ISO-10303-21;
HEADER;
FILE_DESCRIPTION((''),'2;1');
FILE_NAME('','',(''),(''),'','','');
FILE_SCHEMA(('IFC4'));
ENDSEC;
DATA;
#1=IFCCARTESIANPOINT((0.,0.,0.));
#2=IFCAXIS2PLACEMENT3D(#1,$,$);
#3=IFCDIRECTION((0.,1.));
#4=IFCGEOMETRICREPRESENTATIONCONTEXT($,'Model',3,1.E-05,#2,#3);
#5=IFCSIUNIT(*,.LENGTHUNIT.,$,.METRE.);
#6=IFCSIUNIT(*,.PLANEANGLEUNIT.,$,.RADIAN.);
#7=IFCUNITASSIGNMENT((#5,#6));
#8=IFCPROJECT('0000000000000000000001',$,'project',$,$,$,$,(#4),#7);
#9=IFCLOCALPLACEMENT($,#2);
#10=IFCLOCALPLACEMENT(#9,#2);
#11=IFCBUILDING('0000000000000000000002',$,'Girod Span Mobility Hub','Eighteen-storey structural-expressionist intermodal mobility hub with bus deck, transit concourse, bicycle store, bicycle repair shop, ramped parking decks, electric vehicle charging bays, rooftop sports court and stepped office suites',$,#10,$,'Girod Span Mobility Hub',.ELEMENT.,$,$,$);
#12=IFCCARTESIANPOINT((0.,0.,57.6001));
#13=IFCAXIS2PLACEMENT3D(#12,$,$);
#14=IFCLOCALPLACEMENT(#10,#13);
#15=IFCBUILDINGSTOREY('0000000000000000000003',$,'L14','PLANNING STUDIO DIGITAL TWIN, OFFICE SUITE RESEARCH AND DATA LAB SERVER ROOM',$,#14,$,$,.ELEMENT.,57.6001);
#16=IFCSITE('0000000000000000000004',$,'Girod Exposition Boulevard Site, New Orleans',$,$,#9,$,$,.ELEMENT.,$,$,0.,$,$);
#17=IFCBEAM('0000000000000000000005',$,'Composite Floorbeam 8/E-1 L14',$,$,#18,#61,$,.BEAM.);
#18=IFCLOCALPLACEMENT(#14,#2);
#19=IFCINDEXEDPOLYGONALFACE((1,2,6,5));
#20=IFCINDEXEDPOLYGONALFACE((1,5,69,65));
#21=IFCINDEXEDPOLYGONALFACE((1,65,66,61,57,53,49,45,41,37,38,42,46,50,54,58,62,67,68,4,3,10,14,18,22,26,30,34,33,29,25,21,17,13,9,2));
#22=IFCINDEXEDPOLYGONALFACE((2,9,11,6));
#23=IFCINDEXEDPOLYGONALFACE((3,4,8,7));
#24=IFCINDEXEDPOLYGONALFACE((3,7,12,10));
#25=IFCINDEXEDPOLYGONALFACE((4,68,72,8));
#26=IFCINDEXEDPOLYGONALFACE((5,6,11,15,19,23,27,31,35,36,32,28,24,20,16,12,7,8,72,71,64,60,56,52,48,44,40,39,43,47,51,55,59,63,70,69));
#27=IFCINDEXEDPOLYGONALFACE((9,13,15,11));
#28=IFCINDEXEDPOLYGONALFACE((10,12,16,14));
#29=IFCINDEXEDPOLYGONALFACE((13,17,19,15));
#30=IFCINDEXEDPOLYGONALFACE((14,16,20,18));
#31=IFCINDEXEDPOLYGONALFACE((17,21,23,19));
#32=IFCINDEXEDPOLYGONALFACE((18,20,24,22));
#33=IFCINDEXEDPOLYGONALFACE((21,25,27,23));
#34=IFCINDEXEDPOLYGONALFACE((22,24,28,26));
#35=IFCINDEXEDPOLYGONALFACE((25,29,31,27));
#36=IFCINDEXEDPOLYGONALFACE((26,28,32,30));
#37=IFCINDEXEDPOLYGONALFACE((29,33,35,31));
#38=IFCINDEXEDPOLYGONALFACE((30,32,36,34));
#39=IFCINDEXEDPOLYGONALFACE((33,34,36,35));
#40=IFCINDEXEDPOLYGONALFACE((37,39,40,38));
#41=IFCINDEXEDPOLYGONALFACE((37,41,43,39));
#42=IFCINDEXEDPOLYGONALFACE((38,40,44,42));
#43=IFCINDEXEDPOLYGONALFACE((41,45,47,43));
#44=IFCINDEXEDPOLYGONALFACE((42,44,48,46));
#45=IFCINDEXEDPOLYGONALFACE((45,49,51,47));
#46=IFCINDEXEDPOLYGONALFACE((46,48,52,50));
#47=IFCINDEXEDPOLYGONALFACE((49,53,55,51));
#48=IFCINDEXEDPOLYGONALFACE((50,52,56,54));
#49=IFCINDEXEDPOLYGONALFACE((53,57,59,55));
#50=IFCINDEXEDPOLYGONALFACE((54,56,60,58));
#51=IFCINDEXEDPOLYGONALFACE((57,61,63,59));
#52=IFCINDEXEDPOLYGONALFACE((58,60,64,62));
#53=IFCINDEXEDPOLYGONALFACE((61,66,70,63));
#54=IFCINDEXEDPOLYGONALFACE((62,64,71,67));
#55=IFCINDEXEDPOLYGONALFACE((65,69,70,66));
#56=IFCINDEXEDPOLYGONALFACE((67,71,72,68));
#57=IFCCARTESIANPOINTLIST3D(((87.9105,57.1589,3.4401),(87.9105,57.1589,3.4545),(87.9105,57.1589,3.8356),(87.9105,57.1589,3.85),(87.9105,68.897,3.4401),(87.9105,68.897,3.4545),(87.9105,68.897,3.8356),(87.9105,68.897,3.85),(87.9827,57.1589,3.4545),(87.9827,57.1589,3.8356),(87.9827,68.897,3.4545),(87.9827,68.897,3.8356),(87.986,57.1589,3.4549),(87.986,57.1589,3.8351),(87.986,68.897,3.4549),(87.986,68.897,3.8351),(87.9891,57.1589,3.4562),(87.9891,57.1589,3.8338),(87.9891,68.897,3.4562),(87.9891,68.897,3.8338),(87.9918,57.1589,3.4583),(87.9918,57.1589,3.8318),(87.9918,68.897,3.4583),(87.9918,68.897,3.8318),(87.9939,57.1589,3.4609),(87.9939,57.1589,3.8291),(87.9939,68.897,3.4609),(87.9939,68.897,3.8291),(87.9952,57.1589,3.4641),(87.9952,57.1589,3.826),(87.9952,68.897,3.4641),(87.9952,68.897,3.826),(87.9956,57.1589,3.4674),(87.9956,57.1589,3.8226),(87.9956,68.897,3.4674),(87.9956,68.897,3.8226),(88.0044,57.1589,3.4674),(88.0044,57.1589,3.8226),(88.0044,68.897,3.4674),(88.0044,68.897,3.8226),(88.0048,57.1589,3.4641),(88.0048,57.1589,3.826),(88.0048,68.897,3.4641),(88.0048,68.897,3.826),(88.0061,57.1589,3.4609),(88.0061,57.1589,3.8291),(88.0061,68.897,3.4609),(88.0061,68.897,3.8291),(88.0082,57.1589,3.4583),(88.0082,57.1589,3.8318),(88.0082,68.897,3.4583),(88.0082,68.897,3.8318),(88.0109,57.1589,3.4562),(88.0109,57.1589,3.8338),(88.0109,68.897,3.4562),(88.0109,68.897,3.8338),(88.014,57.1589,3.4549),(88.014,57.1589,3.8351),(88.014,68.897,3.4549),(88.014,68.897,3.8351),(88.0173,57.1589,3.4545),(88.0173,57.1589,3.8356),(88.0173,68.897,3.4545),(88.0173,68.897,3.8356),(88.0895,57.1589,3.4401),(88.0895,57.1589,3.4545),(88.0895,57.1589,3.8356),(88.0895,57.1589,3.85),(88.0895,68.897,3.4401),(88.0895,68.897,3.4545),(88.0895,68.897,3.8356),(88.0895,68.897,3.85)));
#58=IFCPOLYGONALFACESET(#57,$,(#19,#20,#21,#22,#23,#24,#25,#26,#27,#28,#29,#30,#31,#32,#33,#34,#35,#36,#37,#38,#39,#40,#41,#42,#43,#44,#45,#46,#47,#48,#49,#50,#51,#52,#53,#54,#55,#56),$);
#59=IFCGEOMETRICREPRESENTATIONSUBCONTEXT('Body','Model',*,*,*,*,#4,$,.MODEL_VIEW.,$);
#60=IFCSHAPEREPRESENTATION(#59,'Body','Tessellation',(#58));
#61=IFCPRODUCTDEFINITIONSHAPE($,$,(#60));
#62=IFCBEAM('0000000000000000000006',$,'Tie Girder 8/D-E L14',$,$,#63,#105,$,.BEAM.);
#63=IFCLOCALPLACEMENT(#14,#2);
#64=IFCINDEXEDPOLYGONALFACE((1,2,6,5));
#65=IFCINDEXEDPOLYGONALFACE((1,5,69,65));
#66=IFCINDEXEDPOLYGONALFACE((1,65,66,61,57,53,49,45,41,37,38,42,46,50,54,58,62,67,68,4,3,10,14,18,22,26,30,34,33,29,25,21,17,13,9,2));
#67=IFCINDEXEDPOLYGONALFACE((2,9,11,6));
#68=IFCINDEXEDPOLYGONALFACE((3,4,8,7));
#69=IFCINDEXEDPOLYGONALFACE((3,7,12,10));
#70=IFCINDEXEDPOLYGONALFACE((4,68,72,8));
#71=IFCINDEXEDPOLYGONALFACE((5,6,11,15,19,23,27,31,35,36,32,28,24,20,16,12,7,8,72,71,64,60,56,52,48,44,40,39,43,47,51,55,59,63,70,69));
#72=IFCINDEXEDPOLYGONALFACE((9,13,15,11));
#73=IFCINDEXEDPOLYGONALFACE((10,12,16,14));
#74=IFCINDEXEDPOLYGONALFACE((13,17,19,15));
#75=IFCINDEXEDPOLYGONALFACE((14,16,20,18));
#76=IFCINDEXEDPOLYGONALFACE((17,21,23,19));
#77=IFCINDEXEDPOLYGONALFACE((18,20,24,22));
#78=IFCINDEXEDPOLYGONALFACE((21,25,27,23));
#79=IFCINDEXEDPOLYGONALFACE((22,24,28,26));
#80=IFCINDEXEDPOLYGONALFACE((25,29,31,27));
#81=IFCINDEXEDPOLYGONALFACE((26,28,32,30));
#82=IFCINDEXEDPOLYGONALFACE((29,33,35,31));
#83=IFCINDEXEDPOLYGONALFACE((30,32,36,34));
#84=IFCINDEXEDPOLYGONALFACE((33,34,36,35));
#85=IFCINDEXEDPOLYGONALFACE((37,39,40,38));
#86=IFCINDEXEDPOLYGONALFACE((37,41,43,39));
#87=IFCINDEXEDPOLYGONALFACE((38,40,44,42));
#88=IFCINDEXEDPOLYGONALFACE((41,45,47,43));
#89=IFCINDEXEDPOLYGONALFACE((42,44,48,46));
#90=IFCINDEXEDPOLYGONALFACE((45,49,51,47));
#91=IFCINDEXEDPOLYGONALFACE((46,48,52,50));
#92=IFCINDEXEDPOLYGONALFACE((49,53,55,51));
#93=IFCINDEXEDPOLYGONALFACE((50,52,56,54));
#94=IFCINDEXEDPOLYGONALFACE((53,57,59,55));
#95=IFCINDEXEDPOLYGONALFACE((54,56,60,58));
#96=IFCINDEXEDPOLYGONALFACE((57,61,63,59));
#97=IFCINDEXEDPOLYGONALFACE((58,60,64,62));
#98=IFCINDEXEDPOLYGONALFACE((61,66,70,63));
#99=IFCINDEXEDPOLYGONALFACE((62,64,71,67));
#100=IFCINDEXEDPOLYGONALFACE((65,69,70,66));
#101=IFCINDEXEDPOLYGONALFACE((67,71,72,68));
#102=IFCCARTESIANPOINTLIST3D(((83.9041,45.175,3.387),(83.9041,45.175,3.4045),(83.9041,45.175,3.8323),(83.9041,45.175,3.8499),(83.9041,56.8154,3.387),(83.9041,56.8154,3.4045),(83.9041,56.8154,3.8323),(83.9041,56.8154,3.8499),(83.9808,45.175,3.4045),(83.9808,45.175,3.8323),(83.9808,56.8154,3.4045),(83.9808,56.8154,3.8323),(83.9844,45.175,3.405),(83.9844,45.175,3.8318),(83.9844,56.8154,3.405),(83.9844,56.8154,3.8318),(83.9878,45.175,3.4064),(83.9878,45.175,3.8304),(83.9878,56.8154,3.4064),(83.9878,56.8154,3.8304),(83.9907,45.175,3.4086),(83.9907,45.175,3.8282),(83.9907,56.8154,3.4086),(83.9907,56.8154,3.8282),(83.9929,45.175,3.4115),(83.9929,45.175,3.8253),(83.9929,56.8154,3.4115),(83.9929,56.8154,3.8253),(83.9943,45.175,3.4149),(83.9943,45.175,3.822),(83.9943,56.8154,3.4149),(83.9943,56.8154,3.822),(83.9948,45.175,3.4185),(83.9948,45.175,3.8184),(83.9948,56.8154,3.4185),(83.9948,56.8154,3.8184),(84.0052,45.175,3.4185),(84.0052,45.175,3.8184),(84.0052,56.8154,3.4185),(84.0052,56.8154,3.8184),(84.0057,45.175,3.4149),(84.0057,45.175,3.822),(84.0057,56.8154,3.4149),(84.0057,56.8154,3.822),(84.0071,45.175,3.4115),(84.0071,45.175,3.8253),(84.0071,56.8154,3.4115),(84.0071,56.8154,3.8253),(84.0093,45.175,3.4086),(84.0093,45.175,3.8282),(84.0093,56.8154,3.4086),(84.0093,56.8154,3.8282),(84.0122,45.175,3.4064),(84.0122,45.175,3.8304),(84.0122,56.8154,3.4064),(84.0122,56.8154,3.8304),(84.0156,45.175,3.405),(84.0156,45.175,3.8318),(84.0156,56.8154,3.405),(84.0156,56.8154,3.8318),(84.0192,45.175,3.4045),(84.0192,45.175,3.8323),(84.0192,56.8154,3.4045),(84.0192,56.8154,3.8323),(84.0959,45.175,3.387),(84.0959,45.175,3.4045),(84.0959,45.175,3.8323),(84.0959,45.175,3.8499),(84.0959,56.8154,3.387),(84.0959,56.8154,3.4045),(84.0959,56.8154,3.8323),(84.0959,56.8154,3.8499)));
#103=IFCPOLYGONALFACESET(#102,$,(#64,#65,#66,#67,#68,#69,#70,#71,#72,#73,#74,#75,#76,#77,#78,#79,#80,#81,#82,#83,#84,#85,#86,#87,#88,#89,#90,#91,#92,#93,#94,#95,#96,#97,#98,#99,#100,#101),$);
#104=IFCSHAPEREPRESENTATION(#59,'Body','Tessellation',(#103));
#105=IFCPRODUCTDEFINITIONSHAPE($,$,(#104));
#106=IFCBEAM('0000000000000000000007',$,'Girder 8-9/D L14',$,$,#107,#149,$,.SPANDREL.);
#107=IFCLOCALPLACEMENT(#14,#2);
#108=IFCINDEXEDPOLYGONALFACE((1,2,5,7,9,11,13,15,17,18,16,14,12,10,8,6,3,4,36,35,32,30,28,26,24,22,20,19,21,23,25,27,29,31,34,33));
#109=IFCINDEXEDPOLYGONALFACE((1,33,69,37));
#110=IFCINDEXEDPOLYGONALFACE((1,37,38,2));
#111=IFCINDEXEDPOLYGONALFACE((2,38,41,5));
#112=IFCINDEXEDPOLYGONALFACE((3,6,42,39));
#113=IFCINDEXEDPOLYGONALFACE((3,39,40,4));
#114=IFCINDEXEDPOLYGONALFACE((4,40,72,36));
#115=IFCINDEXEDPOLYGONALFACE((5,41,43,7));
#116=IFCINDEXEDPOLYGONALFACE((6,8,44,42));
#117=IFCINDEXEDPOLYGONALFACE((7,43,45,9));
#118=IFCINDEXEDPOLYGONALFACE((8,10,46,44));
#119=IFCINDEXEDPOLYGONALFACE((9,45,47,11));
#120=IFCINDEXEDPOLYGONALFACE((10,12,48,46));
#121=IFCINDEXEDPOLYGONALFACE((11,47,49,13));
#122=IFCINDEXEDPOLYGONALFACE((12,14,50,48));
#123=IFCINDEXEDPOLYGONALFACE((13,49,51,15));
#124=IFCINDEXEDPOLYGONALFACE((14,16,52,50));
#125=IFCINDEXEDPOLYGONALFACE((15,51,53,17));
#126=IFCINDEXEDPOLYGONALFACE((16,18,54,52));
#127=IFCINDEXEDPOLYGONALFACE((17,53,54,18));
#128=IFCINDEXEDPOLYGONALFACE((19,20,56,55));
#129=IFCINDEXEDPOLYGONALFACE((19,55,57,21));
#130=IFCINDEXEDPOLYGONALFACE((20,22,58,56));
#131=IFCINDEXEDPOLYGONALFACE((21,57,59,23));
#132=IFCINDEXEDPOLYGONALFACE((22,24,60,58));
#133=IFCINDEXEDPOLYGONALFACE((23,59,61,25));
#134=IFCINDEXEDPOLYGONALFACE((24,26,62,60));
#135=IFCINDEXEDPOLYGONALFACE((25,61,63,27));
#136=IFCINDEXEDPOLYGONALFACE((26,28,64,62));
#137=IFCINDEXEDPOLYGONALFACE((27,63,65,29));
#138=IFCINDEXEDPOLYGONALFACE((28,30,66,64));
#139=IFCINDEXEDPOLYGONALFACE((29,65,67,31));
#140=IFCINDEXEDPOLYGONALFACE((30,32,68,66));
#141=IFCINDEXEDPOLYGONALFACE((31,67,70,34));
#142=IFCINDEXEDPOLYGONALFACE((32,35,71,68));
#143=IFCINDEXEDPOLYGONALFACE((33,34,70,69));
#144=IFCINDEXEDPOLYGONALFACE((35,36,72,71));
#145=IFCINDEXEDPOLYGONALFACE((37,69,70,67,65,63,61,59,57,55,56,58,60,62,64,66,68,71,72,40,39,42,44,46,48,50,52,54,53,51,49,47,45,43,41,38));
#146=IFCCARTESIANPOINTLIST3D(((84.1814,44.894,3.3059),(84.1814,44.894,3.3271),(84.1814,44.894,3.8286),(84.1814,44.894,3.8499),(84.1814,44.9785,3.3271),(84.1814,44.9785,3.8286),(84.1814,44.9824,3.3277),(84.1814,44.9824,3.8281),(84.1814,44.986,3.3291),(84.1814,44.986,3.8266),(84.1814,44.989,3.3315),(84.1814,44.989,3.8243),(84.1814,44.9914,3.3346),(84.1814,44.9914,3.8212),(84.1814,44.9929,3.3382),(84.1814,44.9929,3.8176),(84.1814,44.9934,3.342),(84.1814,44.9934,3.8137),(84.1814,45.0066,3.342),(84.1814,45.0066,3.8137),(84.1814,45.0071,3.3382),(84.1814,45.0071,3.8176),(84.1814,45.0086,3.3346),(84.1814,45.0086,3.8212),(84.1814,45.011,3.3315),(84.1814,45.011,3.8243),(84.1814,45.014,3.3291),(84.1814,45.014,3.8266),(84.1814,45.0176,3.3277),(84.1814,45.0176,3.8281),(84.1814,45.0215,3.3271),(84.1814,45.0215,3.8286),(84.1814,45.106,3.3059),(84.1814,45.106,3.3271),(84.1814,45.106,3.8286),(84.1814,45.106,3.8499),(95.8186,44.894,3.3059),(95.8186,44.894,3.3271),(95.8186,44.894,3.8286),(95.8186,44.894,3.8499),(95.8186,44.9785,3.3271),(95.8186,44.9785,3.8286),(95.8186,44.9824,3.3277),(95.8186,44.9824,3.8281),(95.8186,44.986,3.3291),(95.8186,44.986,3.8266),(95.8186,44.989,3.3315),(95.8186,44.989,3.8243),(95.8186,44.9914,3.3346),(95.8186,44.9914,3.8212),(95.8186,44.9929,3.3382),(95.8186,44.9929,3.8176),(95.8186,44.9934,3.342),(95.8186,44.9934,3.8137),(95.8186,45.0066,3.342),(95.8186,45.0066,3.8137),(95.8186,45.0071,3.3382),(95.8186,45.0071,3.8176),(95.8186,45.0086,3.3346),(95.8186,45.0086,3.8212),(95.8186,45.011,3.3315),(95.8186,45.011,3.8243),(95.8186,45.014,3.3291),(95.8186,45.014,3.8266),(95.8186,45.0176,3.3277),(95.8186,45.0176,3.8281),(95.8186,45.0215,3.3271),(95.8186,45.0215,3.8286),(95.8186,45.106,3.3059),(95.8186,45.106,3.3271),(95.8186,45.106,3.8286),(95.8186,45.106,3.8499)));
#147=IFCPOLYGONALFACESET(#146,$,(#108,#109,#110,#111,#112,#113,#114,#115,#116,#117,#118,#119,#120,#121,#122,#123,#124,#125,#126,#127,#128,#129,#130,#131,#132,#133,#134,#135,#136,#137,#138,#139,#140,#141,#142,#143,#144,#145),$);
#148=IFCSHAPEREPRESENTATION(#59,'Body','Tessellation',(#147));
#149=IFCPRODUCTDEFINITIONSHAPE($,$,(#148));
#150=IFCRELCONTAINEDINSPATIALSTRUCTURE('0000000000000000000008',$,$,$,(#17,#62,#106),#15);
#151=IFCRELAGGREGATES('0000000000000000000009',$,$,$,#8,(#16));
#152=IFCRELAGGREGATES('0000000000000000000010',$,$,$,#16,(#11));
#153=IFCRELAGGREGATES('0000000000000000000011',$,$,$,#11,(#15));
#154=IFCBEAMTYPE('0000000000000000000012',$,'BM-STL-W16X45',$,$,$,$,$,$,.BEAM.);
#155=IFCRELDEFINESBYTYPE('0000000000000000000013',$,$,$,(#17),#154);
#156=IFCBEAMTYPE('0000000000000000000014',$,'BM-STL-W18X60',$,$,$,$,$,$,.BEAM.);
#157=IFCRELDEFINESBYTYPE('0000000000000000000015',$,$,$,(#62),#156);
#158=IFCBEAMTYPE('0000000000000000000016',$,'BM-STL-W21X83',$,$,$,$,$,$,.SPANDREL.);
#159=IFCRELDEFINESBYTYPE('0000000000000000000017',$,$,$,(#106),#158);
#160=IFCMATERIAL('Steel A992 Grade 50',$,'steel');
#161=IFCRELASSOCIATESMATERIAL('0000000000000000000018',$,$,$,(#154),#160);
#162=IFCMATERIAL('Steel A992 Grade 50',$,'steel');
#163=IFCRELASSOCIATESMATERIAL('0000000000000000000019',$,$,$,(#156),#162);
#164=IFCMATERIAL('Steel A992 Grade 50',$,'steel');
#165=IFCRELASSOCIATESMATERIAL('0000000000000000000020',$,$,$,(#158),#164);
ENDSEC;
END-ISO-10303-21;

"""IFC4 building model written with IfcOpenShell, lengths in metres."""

from ifc_helpers import new_model, si_unit, direction, frame, origin, origin_2d, place, context, subcontext, project, spatial, i_section, extrude, material, material_profile, profile_set, type_object, element, save


model = new_model("IFC4")

# Units and contexts
model_context = context("Model", 3, precision=1e-05, world=origin(), true_north=direction((0.0, 1.0)))
body_context = subcontext(model_context, "Body", "Model", "MODEL_VIEW")
ifc_project = project(units=[si_unit("LENGTHUNIT", "METRE"), si_unit("PLANEANGLEUNIT", "RADIAN")], contexts=[model_context])

# Site, building, storey
site_placement = place(None, origin())
site = spatial("IfcSite", under=ifc_project, at=site_placement, Name="Girod Exposition Boulevard Site, New Orleans", CompositionType="ELEMENT", RefElevation=0.0)
building_placement = place(site_placement, origin())
building = spatial("IfcBuilding", under=site, at=building_placement, Name="Girod Span Mobility Hub", Description="Eighteen-storey structural-expressionist intermodal mobility hub with bus deck, transit concourse, bicycle store, bicycle repair shop, ramped parking decks, electric vehicle charging bays, rooftop sports court and stepped office suites", LongName="Girod Span Mobility Hub", CompositionType="ELEMENT")
storey_placement = place(building_placement, frame((0.0, 0.0, 57.6001)))
storey = spatial("IfcBuildingStorey", under=building, at=storey_placement, Name="L14", Description="PLANNING STUDIO DIGITAL TWIN, OFFICE SUITE RESEARCH AND DATA LAB SERVER ROOM", CompositionType="ELEMENT", Elevation=57.6001)

# Beams
ifc_material_1 = material(Name="Steel A992 Grade 50", Category="steel")
ifc_material_profile_1 = material_profile(ifc_material_1, i_section(OverallWidth=0.179, OverallDepth=0.4099, WebThickness=0.0088, FlangeThickness=0.0144, FilletRadius=0.0129, at=origin_2d()), Name="W16X45")
ifc_profile_set_1 = profile_set([ifc_material_profile_1], Name="Steel A992 Grade 50")
beam_type_1 = type_object("IfcBeamType", Name="BM-STL-W16X45", PredefinedType="BEAM", material=ifc_profile_set_1)
for number, where, z_axis, x_axis, name in (
    (1, (88.0, 57.1589, 3.645), (0.0, 1.0, 0.0), (-1.0, 0.0, 0.0), "Composite Floorbeam 8/E-1 L14"),
):
    element("IfcBeam", number, at=place(storey_placement, frame(where, z_axis=z_axis, x_axis=x_axis)), inside=storey, type_object=beam_type_1, Name=name, PredefinedType="BEAM", context=body_context, shape_type="SweptSolid", body=[
        extrude(i_section(OverallWidth=0.179, OverallDepth=0.4099, WebThickness=0.0088, FlangeThickness=0.0144, FilletRadius=0.0129, at=origin_2d()), origin(), (0.0, 0.0, 1.0), 11.738),
    ])
ifc_material_2 = material(Name="Steel A992 Grade 50", Category="steel")
ifc_material_profile_2 = material_profile(ifc_material_2, i_section(OverallWidth=0.1919, OverallDepth=0.4629, WebThickness=0.0105, FlangeThickness=0.0176, FilletRadius=0.0139, at=origin_2d()), Name="W18X60")
ifc_profile_set_2 = profile_set([ifc_material_profile_2], Name="Steel A992 Grade 50")
beam_type_2 = type_object("IfcBeamType", Name="BM-STL-W18X60", PredefinedType="BEAM", material=ifc_profile_set_2)
beam_1_placement = place(storey_placement, frame((84.0, 45.175, 3.6184), z_axis=(0.0, 1.0, 0.0), x_axis=(-1.0, 0.0, 0.0)))
element("IfcBeam", 2, at=beam_1_placement, inside=storey, type_object=beam_type_2, Name="Tie Girder 8/D-E L14", PredefinedType="BEAM", context=body_context, shape_type="SweptSolid", body=[
    extrude(i_section(OverallWidth=0.1919, OverallDepth=0.4629, WebThickness=0.0105, FlangeThickness=0.0176, FilletRadius=0.0139, at=origin_2d()), origin(), (0.0, 0.0, 1.0), 11.6404),
])
ifc_material_3 = material(Name="Steel A992 Grade 50", Category="steel")
ifc_material_profile_3 = material_profile(ifc_material_3, i_section(OverallWidth=0.2119, OverallDepth=0.5439, WebThickness=0.0132, FlangeThickness=0.0212, FilletRadius=0.0149, at=origin_2d()), Name="W21X83")
ifc_profile_set_3 = profile_set([ifc_material_profile_3], Name="Steel A992 Grade 50")
beam_type_3 = type_object("IfcBeamType", Name="BM-STL-W21X83", PredefinedType="SPANDREL", material=ifc_profile_set_3)
beam_2_placement = place(storey_placement, frame((84.1814, 45.0, 3.5779), z_axis=(1.0, 0.0, 0.0), x_axis=(0.0, 1.0, 0.0)))
element("IfcBeam", 3, at=beam_2_placement, inside=storey, type_object=beam_type_3, Name="Girder 8-9/D L14", PredefinedType="SPANDREL", context=body_context, shape_type="SweptSolid", body=[
    extrude(i_section(OverallWidth=0.2119, OverallDepth=0.5439, WebThickness=0.0132, FlangeThickness=0.0212, FilletRadius=0.0149, at=origin_2d()), origin(), (0.0, 0.0, 1.0), 11.6372),
])

save(model, "model.ifc")
